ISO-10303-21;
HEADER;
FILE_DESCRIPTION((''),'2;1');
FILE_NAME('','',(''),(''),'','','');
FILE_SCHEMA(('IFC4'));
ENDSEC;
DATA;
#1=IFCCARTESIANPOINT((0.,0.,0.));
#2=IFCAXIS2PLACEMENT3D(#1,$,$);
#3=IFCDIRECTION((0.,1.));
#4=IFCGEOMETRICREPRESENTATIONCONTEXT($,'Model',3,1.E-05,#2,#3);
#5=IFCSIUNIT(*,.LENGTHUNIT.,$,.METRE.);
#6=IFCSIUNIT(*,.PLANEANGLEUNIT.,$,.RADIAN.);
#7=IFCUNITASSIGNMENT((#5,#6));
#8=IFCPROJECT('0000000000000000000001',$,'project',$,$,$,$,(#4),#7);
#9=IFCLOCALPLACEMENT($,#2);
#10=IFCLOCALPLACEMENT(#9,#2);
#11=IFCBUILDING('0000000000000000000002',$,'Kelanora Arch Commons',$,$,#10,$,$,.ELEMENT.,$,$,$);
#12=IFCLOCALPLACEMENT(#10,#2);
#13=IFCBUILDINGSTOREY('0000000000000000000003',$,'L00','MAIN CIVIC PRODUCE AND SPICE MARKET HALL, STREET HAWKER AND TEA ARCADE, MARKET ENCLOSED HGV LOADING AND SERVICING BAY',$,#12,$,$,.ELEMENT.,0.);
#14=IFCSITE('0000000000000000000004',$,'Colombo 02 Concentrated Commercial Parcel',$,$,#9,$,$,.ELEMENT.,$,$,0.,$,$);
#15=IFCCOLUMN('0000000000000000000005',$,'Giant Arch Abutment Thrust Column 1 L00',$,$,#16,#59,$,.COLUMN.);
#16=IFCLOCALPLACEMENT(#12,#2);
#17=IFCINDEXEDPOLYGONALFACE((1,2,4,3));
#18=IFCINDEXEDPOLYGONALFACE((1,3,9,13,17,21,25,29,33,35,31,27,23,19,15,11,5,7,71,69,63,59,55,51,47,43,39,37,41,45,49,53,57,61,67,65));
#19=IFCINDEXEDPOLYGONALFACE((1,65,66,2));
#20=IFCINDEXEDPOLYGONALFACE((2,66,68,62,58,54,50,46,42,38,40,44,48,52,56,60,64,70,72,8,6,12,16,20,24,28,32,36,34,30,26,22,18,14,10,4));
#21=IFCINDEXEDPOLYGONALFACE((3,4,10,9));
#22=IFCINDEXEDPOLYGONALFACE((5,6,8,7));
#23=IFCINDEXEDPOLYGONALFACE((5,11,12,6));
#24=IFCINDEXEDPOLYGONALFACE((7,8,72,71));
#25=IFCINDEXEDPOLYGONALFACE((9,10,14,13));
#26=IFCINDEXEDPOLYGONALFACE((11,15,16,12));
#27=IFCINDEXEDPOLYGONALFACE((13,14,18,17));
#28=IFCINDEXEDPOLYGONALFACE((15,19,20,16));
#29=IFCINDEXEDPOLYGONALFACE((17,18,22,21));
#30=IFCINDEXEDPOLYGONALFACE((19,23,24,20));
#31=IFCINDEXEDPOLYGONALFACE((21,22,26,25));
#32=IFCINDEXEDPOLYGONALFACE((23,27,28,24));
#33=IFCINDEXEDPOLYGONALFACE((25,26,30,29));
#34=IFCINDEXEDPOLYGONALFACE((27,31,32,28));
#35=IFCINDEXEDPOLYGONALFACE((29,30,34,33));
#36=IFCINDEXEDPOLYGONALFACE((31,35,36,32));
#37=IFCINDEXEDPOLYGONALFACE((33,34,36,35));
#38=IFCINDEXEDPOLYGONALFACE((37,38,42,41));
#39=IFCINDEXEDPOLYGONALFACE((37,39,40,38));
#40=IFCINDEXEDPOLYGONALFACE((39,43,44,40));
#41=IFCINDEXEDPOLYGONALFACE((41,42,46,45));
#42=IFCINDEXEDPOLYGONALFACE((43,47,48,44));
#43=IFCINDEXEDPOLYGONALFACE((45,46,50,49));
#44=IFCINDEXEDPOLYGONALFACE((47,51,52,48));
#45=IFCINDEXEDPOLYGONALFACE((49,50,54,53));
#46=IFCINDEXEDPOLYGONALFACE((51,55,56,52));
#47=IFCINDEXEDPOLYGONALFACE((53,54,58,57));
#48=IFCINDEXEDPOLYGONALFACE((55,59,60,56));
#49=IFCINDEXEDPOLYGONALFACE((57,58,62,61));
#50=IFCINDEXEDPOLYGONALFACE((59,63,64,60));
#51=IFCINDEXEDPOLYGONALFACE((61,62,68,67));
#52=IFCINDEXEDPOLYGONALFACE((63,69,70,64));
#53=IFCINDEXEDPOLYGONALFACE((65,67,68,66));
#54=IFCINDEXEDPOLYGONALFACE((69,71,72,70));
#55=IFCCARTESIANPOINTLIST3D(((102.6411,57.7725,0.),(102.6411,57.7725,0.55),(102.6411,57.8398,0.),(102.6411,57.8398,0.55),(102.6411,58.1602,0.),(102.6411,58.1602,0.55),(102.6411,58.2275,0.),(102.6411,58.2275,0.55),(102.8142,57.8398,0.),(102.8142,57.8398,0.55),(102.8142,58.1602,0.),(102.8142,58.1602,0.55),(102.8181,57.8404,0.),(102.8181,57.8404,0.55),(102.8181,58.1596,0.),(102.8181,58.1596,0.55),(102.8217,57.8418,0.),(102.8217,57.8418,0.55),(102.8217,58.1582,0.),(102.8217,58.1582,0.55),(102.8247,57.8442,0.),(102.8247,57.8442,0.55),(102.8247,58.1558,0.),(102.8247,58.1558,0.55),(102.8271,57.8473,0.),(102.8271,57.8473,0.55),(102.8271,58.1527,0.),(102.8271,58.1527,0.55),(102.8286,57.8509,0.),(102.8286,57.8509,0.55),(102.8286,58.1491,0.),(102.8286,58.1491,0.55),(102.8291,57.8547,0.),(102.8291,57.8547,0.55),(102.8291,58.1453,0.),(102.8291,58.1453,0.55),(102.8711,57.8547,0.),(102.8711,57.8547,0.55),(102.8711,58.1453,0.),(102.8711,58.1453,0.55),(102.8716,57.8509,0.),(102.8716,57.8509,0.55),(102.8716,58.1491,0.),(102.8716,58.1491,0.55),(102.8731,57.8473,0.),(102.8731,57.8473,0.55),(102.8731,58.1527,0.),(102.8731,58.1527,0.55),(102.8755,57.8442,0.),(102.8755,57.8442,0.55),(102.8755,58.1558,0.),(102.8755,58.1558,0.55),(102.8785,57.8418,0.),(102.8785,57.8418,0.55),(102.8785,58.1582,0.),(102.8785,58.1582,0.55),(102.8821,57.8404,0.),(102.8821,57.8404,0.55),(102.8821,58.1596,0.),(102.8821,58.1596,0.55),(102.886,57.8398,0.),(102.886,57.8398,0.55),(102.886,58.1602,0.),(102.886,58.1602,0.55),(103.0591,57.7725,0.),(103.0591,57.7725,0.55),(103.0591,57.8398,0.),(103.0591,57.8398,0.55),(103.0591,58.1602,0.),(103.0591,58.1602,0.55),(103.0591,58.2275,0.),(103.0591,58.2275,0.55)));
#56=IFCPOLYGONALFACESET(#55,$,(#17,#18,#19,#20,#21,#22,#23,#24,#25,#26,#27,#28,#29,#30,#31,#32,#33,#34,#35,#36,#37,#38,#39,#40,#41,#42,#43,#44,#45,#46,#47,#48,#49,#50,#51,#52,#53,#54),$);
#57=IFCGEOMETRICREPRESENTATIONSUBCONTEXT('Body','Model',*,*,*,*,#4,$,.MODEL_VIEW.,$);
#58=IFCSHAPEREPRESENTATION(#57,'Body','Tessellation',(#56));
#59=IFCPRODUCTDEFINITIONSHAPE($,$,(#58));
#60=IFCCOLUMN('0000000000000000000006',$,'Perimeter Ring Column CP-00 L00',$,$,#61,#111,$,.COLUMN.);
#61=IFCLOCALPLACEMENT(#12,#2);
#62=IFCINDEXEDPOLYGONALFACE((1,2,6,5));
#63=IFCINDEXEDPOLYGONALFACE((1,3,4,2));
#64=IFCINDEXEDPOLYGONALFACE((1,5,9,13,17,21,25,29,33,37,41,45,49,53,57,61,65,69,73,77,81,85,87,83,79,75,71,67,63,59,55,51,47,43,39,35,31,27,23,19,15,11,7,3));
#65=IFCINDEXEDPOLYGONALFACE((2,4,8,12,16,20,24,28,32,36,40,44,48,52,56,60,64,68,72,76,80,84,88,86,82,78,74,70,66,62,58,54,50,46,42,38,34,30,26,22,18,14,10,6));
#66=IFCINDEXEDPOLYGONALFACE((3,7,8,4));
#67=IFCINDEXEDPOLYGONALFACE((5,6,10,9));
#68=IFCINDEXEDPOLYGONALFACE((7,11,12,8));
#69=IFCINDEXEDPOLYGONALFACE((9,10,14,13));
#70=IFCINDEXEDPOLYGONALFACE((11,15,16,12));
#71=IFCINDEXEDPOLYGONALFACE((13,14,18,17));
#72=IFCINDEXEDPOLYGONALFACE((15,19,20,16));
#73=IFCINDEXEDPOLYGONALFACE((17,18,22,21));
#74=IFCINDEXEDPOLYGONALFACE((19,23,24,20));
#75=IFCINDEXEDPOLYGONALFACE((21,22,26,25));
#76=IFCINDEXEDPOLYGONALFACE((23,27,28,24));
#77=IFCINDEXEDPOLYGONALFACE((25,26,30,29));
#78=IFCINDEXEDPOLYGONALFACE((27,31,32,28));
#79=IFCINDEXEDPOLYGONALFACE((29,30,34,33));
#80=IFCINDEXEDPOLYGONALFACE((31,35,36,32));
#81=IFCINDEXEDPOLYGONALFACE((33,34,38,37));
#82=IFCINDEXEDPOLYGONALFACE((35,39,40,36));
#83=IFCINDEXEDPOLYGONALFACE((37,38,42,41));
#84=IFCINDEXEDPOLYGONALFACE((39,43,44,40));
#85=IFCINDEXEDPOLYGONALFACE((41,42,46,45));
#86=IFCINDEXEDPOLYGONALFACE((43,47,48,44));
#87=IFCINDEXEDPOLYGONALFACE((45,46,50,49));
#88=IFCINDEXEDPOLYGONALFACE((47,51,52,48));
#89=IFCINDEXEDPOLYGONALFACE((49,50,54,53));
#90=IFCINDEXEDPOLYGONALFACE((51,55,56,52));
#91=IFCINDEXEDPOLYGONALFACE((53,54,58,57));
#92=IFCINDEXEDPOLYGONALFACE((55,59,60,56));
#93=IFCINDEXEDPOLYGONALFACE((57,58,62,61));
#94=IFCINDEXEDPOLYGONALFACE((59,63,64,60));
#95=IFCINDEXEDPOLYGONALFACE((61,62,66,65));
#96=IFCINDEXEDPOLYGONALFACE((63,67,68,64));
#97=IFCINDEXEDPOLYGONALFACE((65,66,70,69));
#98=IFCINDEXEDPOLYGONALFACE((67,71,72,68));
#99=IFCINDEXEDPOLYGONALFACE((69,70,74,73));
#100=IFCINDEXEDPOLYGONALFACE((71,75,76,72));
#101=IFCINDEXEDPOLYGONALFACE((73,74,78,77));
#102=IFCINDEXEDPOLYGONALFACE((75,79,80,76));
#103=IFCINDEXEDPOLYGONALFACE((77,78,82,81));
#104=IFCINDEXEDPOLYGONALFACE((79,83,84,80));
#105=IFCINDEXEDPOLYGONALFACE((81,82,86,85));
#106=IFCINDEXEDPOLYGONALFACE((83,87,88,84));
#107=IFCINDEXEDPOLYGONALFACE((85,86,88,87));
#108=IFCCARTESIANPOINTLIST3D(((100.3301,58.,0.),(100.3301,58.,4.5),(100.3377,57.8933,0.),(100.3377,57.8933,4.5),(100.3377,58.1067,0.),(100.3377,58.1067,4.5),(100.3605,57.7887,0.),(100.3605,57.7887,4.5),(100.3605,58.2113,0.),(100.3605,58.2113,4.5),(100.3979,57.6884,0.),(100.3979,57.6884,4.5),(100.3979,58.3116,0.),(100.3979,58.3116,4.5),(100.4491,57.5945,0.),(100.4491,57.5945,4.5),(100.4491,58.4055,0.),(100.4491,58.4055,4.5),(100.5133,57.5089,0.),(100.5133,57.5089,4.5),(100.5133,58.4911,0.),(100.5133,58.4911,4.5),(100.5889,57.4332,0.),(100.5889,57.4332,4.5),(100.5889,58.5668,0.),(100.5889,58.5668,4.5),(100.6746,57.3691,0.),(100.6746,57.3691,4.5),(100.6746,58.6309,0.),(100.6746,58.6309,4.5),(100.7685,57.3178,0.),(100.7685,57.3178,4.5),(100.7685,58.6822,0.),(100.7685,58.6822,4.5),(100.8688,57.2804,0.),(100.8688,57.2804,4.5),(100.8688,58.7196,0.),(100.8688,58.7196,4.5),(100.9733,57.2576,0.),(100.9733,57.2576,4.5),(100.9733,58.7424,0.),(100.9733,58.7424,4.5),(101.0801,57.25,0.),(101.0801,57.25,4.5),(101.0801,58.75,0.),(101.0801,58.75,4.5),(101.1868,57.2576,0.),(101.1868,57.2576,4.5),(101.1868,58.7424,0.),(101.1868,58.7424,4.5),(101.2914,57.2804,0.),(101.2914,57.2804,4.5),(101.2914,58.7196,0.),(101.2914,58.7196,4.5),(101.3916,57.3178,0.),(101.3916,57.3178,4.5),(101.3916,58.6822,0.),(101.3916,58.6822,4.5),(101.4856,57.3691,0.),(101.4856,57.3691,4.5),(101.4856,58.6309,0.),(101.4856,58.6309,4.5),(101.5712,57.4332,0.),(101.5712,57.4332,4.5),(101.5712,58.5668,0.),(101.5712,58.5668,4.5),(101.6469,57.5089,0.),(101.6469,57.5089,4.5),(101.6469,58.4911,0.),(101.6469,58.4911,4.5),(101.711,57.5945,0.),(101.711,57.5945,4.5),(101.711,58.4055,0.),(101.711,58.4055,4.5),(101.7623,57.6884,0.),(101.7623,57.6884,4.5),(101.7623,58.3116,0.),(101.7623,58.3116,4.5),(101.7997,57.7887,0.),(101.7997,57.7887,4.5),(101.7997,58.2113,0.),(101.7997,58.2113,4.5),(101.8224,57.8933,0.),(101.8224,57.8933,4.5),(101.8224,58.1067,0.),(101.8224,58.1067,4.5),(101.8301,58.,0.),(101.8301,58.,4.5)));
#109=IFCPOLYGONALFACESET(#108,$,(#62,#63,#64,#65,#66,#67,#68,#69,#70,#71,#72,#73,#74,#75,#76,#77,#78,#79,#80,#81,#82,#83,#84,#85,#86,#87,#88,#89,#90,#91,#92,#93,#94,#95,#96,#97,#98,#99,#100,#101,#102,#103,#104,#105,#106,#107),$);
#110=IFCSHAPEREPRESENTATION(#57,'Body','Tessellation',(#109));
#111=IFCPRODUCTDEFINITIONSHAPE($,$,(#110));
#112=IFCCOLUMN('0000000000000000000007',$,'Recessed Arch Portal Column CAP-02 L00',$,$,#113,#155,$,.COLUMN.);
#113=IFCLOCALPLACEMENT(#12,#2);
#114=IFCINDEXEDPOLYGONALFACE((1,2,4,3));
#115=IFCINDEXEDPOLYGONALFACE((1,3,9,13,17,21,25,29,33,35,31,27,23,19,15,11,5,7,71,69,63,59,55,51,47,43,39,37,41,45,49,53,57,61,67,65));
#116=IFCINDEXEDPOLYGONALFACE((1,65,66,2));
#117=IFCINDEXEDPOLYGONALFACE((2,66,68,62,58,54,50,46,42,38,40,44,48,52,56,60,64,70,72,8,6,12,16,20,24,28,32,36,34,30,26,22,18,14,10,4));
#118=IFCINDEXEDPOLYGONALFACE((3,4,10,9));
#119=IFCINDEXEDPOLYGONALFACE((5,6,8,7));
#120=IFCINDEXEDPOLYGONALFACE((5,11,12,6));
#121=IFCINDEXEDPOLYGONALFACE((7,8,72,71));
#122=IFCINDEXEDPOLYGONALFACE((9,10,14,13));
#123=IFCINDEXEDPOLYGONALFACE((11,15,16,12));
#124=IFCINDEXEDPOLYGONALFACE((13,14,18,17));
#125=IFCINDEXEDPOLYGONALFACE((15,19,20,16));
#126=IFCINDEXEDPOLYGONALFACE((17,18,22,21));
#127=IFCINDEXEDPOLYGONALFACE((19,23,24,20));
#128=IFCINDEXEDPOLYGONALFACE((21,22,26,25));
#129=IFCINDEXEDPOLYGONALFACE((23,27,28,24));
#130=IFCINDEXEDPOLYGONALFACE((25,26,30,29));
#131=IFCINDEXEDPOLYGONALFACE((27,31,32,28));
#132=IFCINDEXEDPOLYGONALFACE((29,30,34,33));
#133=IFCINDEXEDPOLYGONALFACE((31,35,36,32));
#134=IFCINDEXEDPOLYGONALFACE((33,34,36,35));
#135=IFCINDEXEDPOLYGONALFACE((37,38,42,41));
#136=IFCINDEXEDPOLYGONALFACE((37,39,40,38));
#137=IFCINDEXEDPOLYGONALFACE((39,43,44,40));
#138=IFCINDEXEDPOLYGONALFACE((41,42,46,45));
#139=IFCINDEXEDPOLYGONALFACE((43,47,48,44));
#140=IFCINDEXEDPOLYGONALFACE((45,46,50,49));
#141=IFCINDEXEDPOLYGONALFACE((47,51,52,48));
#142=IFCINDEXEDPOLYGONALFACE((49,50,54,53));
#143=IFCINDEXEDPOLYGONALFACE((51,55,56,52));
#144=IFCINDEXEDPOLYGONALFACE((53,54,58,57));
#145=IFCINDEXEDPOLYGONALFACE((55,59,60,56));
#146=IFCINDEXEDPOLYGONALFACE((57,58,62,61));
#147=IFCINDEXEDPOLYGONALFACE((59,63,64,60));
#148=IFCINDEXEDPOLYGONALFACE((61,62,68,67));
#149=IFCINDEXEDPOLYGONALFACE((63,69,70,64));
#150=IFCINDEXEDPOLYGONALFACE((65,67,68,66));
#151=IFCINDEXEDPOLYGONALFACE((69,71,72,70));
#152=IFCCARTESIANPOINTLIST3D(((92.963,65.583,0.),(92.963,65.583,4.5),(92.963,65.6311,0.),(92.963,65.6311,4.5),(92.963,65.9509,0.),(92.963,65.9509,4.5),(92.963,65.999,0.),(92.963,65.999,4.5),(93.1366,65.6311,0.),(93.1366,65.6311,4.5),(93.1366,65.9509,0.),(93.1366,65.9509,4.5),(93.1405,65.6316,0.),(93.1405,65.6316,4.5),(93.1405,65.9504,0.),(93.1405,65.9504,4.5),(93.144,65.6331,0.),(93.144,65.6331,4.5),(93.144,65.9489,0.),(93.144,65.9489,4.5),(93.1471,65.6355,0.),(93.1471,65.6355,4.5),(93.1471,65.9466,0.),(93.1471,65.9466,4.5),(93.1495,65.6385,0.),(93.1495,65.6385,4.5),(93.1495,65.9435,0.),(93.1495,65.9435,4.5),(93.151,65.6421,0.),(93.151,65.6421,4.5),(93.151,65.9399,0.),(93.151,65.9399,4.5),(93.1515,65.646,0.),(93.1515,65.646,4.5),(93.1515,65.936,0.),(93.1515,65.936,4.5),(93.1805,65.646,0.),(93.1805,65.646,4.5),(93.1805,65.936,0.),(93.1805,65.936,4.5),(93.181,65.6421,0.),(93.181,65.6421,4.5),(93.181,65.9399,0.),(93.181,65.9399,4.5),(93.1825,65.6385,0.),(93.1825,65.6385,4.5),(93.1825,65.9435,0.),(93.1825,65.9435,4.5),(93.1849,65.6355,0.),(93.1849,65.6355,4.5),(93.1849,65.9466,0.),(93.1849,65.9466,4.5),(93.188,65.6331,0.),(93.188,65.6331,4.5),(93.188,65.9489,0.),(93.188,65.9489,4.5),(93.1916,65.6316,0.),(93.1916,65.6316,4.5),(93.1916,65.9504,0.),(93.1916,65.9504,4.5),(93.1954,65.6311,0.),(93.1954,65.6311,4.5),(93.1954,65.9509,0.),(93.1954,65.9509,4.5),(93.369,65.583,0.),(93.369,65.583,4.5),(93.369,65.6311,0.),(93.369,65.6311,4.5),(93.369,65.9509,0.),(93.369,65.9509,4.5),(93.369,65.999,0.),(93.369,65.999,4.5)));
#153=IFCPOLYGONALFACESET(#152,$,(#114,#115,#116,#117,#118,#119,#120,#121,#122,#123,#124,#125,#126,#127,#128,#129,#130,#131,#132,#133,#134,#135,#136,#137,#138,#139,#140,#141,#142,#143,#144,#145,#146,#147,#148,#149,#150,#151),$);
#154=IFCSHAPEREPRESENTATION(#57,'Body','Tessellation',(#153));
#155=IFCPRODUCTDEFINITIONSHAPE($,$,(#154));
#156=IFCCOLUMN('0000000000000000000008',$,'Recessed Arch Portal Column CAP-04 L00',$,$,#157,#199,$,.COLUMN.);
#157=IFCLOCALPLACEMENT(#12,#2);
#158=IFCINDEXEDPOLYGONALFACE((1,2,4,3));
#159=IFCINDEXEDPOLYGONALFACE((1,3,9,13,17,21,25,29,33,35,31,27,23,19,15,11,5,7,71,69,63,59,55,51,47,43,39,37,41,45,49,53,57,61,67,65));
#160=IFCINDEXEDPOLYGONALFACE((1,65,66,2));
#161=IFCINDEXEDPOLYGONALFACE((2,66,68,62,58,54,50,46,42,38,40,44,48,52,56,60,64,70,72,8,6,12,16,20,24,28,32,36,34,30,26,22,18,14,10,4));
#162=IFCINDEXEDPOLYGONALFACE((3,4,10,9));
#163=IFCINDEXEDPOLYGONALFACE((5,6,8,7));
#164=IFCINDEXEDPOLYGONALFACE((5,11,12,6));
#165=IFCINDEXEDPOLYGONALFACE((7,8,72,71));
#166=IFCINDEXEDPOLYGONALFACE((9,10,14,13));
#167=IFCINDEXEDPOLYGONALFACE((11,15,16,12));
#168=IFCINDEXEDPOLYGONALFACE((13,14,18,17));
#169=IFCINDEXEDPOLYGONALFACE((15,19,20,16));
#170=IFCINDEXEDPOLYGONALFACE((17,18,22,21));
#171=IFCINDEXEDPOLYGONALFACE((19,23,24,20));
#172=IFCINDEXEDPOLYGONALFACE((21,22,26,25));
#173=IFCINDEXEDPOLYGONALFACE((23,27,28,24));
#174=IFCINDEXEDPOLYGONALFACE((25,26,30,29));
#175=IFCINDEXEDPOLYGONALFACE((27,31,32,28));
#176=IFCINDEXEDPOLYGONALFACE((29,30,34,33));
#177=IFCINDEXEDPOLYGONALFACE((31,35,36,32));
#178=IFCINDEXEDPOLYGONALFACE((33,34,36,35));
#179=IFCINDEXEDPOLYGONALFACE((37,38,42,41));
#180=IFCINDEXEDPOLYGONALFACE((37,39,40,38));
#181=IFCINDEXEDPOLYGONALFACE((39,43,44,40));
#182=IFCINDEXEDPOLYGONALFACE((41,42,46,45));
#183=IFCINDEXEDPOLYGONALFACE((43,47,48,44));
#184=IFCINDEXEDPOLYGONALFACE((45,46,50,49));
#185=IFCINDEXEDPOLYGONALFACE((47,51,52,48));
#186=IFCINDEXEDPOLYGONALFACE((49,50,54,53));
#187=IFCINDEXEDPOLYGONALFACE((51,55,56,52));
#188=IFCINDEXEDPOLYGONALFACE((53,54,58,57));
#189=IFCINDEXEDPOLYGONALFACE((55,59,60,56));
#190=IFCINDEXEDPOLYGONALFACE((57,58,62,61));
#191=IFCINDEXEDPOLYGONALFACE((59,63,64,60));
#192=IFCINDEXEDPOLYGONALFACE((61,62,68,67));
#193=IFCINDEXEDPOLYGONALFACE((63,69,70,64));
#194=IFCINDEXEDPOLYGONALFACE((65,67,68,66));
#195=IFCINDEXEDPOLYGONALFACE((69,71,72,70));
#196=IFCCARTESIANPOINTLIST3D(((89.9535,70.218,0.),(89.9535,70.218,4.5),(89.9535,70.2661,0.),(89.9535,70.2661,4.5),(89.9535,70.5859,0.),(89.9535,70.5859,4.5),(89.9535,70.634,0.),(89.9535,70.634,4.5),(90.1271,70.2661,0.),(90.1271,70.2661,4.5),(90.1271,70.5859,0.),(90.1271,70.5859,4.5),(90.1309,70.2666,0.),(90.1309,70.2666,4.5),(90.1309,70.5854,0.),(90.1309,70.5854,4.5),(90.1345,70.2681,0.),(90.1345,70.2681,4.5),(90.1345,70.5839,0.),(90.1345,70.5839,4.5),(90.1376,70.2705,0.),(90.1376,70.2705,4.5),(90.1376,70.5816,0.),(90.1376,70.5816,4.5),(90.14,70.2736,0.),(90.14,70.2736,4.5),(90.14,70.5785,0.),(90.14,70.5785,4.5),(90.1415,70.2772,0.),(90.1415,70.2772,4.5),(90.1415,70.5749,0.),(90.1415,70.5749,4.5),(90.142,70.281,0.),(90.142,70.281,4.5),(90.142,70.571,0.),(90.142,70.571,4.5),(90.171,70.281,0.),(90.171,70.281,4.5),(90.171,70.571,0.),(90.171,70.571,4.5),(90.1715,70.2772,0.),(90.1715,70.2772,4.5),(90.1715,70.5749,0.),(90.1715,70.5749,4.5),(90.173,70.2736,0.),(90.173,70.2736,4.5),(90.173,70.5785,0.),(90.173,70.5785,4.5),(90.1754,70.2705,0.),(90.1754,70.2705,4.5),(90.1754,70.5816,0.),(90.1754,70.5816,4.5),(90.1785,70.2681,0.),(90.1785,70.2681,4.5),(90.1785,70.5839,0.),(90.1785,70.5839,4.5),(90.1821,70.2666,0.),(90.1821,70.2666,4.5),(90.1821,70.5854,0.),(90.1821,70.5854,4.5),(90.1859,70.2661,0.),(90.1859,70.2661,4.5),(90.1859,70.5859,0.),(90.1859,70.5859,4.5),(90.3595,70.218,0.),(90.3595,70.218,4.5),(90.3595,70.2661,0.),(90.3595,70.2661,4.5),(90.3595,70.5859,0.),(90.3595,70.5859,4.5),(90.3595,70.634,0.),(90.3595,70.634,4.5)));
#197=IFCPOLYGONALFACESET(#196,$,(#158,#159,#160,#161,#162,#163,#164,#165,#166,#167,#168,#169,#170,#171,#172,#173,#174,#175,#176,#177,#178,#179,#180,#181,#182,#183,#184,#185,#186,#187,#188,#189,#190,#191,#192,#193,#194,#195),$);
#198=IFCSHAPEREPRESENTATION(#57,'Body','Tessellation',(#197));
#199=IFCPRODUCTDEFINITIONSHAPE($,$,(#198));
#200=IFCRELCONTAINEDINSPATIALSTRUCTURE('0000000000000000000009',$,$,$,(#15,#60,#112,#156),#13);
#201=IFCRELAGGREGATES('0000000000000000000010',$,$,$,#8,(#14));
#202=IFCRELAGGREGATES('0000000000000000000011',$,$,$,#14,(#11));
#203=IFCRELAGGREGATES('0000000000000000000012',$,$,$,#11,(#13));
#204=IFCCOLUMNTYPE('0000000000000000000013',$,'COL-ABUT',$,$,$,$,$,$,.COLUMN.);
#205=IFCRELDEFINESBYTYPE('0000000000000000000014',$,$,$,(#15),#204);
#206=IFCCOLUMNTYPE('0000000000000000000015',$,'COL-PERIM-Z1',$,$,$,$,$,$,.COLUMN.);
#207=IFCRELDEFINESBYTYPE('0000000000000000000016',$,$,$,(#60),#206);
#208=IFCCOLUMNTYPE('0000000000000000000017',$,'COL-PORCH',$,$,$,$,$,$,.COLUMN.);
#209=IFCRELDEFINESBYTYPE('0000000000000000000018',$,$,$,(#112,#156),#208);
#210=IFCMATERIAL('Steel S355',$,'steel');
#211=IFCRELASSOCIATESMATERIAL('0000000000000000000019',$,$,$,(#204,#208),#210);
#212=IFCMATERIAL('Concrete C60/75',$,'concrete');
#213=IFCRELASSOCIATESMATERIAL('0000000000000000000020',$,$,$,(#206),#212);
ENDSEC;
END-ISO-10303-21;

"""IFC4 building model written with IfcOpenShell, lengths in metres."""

from ifc_helpers import new_model, si_unit, direction, frame, origin, origin_2d, place, context, subcontext, project, spatial, circle, i_section, extrude, material, material_profile, profile_set, type_object, element, save


model = new_model("IFC4")

# Units and contexts
model_context = context("Model", 3, precision=1e-05, world=origin(), true_north=direction((0.0, 1.0)))
body_context = subcontext(model_context, "Body", "Model", "MODEL_VIEW")
ifc_project = project(units=[si_unit("LENGTHUNIT", "METRE"), si_unit("PLANEANGLEUNIT", "RADIAN")], contexts=[model_context])

# Site, building, storey
site_placement = place(None, origin())
site = spatial("IfcSite", under=ifc_project, at=site_placement, Name="Colombo 02 Concentrated Commercial Parcel", CompositionType="ELEMENT", RefElevation=0.0)
building_placement = place(site_placement, origin())
building = spatial("IfcBuilding", under=site, at=building_placement, Name="Kelanora Arch Commons", CompositionType="ELEMENT")
storey_placement = place(building_placement, origin())
storey = spatial("IfcBuildingStorey", under=building, at=storey_placement, Name="L00", Description="MAIN CIVIC PRODUCE AND SPICE MARKET HALL, STREET HAWKER AND TEA ARCADE, MARKET ENCLOSED HGV LOADING AND SERVICING BAY", CompositionType="ELEMENT", Elevation=0.0)

# Columns
ifc_material_1 = material(Name="Steel S355", Category="steel")
ifc_material_profile_1 = material_profile(ifc_material_1, i_section(OverallWidth=0.418, OverallDepth=0.4551, WebThickness=0.042, FlangeThickness=0.0674, FilletRadius=0.0149, at=origin_2d()), Name="HD400x551")
ifc_profile_set_1 = profile_set([ifc_material_profile_1], Name="Steel S355")
column_type_1 = type_object("IfcColumnType", Name="COL-ABUT", PredefinedType="COLUMN", material=ifc_profile_set_1)
column_1_placement = place(storey_placement, frame((102.8501, 58.0, 0.0), z_axis=(0.0, 0.0, 1.0), x_axis=(1.0, 0.0, 0.0)))
element("IfcColumn", 1, at=column_1_placement, inside=storey, type_object=column_type_1, Name="Giant Arch Abutment Thrust Column 1 L00", PredefinedType="COLUMN", context=body_context, shape_type="SweptSolid", body=[
    extrude(i_section(OverallWidth=0.418, OverallDepth=0.4551, WebThickness=0.042, FlangeThickness=0.0674, FilletRadius=0.0149, at=origin_2d()), origin(), (0.0, 0.0, 1.0), 0.55),
])
ifc_material_2 = material(Name="Concrete C60/75", Category="concrete")
ifc_material_profile_2 = material_profile(ifc_material_2, circle(Radius=0.75, at=origin_2d()), Name="RCC1500")
ifc_profile_set_2 = profile_set([ifc_material_profile_2], Name="Concrete C60/75")
column_type_2 = type_object("IfcColumnType", Name="COL-PERIM-Z1", PredefinedType="COLUMN", material=ifc_profile_set_2)
column_2_placement = place(storey_placement, frame((101.0801, 58.0, 0.0), z_axis=(0.0, 0.0, 1.0), x_axis=(1.0, 0.0, 0.0)))
element("IfcColumn", 2, at=column_2_placement, inside=storey, type_object=column_type_2, Name="Perimeter Ring Column CP-00 L00", PredefinedType="COLUMN", context=body_context, shape_type="SweptSolid", body=[
    extrude(circle(Radius=0.75, at=origin_2d()), origin(), (0.0, 0.0, 1.0), 4.5),
])
ifc_material_profile_3 = material_profile(ifc_material_1, i_section(OverallWidth=0.406, OverallDepth=0.416, WebThickness=0.0291, FlangeThickness=0.0481, FilletRadius=0.0149, at=origin_2d()), Name="HD400x382")
ifc_profile_set_3 = profile_set([ifc_material_profile_3], Name="Steel S355")
column_type_3 = type_object("IfcColumnType", Name="COL-PORCH", PredefinedType="COLUMN", material=ifc_profile_set_3)
for number, where, z_axis, x_axis, name in (
    (3, (93.166, 65.791, 0.0), (0.0, 0.0, 1.0), (1.0, 0.0, 0.0), "Recessed Arch Portal Column CAP-02 L00"),
    (4, (90.1565, 70.426, 0.0), (0.0, 0.0, 1.0), (1.0, 0.0, 0.0), "Recessed Arch Portal Column CAP-04 L00"),
):
    element("IfcColumn", number, at=place(storey_placement, frame(where, z_axis=z_axis, x_axis=x_axis)), inside=storey, type_object=column_type_3, Name=name, PredefinedType="COLUMN", context=body_context, shape_type="SweptSolid", body=[
        extrude(i_section(OverallWidth=0.406, OverallDepth=0.416, WebThickness=0.0291, FlangeThickness=0.0481, FilletRadius=0.0149, at=origin_2d()), origin(), (0.0, 0.0, 1.0), 4.5),
    ])

save(model, "model.ifc")
